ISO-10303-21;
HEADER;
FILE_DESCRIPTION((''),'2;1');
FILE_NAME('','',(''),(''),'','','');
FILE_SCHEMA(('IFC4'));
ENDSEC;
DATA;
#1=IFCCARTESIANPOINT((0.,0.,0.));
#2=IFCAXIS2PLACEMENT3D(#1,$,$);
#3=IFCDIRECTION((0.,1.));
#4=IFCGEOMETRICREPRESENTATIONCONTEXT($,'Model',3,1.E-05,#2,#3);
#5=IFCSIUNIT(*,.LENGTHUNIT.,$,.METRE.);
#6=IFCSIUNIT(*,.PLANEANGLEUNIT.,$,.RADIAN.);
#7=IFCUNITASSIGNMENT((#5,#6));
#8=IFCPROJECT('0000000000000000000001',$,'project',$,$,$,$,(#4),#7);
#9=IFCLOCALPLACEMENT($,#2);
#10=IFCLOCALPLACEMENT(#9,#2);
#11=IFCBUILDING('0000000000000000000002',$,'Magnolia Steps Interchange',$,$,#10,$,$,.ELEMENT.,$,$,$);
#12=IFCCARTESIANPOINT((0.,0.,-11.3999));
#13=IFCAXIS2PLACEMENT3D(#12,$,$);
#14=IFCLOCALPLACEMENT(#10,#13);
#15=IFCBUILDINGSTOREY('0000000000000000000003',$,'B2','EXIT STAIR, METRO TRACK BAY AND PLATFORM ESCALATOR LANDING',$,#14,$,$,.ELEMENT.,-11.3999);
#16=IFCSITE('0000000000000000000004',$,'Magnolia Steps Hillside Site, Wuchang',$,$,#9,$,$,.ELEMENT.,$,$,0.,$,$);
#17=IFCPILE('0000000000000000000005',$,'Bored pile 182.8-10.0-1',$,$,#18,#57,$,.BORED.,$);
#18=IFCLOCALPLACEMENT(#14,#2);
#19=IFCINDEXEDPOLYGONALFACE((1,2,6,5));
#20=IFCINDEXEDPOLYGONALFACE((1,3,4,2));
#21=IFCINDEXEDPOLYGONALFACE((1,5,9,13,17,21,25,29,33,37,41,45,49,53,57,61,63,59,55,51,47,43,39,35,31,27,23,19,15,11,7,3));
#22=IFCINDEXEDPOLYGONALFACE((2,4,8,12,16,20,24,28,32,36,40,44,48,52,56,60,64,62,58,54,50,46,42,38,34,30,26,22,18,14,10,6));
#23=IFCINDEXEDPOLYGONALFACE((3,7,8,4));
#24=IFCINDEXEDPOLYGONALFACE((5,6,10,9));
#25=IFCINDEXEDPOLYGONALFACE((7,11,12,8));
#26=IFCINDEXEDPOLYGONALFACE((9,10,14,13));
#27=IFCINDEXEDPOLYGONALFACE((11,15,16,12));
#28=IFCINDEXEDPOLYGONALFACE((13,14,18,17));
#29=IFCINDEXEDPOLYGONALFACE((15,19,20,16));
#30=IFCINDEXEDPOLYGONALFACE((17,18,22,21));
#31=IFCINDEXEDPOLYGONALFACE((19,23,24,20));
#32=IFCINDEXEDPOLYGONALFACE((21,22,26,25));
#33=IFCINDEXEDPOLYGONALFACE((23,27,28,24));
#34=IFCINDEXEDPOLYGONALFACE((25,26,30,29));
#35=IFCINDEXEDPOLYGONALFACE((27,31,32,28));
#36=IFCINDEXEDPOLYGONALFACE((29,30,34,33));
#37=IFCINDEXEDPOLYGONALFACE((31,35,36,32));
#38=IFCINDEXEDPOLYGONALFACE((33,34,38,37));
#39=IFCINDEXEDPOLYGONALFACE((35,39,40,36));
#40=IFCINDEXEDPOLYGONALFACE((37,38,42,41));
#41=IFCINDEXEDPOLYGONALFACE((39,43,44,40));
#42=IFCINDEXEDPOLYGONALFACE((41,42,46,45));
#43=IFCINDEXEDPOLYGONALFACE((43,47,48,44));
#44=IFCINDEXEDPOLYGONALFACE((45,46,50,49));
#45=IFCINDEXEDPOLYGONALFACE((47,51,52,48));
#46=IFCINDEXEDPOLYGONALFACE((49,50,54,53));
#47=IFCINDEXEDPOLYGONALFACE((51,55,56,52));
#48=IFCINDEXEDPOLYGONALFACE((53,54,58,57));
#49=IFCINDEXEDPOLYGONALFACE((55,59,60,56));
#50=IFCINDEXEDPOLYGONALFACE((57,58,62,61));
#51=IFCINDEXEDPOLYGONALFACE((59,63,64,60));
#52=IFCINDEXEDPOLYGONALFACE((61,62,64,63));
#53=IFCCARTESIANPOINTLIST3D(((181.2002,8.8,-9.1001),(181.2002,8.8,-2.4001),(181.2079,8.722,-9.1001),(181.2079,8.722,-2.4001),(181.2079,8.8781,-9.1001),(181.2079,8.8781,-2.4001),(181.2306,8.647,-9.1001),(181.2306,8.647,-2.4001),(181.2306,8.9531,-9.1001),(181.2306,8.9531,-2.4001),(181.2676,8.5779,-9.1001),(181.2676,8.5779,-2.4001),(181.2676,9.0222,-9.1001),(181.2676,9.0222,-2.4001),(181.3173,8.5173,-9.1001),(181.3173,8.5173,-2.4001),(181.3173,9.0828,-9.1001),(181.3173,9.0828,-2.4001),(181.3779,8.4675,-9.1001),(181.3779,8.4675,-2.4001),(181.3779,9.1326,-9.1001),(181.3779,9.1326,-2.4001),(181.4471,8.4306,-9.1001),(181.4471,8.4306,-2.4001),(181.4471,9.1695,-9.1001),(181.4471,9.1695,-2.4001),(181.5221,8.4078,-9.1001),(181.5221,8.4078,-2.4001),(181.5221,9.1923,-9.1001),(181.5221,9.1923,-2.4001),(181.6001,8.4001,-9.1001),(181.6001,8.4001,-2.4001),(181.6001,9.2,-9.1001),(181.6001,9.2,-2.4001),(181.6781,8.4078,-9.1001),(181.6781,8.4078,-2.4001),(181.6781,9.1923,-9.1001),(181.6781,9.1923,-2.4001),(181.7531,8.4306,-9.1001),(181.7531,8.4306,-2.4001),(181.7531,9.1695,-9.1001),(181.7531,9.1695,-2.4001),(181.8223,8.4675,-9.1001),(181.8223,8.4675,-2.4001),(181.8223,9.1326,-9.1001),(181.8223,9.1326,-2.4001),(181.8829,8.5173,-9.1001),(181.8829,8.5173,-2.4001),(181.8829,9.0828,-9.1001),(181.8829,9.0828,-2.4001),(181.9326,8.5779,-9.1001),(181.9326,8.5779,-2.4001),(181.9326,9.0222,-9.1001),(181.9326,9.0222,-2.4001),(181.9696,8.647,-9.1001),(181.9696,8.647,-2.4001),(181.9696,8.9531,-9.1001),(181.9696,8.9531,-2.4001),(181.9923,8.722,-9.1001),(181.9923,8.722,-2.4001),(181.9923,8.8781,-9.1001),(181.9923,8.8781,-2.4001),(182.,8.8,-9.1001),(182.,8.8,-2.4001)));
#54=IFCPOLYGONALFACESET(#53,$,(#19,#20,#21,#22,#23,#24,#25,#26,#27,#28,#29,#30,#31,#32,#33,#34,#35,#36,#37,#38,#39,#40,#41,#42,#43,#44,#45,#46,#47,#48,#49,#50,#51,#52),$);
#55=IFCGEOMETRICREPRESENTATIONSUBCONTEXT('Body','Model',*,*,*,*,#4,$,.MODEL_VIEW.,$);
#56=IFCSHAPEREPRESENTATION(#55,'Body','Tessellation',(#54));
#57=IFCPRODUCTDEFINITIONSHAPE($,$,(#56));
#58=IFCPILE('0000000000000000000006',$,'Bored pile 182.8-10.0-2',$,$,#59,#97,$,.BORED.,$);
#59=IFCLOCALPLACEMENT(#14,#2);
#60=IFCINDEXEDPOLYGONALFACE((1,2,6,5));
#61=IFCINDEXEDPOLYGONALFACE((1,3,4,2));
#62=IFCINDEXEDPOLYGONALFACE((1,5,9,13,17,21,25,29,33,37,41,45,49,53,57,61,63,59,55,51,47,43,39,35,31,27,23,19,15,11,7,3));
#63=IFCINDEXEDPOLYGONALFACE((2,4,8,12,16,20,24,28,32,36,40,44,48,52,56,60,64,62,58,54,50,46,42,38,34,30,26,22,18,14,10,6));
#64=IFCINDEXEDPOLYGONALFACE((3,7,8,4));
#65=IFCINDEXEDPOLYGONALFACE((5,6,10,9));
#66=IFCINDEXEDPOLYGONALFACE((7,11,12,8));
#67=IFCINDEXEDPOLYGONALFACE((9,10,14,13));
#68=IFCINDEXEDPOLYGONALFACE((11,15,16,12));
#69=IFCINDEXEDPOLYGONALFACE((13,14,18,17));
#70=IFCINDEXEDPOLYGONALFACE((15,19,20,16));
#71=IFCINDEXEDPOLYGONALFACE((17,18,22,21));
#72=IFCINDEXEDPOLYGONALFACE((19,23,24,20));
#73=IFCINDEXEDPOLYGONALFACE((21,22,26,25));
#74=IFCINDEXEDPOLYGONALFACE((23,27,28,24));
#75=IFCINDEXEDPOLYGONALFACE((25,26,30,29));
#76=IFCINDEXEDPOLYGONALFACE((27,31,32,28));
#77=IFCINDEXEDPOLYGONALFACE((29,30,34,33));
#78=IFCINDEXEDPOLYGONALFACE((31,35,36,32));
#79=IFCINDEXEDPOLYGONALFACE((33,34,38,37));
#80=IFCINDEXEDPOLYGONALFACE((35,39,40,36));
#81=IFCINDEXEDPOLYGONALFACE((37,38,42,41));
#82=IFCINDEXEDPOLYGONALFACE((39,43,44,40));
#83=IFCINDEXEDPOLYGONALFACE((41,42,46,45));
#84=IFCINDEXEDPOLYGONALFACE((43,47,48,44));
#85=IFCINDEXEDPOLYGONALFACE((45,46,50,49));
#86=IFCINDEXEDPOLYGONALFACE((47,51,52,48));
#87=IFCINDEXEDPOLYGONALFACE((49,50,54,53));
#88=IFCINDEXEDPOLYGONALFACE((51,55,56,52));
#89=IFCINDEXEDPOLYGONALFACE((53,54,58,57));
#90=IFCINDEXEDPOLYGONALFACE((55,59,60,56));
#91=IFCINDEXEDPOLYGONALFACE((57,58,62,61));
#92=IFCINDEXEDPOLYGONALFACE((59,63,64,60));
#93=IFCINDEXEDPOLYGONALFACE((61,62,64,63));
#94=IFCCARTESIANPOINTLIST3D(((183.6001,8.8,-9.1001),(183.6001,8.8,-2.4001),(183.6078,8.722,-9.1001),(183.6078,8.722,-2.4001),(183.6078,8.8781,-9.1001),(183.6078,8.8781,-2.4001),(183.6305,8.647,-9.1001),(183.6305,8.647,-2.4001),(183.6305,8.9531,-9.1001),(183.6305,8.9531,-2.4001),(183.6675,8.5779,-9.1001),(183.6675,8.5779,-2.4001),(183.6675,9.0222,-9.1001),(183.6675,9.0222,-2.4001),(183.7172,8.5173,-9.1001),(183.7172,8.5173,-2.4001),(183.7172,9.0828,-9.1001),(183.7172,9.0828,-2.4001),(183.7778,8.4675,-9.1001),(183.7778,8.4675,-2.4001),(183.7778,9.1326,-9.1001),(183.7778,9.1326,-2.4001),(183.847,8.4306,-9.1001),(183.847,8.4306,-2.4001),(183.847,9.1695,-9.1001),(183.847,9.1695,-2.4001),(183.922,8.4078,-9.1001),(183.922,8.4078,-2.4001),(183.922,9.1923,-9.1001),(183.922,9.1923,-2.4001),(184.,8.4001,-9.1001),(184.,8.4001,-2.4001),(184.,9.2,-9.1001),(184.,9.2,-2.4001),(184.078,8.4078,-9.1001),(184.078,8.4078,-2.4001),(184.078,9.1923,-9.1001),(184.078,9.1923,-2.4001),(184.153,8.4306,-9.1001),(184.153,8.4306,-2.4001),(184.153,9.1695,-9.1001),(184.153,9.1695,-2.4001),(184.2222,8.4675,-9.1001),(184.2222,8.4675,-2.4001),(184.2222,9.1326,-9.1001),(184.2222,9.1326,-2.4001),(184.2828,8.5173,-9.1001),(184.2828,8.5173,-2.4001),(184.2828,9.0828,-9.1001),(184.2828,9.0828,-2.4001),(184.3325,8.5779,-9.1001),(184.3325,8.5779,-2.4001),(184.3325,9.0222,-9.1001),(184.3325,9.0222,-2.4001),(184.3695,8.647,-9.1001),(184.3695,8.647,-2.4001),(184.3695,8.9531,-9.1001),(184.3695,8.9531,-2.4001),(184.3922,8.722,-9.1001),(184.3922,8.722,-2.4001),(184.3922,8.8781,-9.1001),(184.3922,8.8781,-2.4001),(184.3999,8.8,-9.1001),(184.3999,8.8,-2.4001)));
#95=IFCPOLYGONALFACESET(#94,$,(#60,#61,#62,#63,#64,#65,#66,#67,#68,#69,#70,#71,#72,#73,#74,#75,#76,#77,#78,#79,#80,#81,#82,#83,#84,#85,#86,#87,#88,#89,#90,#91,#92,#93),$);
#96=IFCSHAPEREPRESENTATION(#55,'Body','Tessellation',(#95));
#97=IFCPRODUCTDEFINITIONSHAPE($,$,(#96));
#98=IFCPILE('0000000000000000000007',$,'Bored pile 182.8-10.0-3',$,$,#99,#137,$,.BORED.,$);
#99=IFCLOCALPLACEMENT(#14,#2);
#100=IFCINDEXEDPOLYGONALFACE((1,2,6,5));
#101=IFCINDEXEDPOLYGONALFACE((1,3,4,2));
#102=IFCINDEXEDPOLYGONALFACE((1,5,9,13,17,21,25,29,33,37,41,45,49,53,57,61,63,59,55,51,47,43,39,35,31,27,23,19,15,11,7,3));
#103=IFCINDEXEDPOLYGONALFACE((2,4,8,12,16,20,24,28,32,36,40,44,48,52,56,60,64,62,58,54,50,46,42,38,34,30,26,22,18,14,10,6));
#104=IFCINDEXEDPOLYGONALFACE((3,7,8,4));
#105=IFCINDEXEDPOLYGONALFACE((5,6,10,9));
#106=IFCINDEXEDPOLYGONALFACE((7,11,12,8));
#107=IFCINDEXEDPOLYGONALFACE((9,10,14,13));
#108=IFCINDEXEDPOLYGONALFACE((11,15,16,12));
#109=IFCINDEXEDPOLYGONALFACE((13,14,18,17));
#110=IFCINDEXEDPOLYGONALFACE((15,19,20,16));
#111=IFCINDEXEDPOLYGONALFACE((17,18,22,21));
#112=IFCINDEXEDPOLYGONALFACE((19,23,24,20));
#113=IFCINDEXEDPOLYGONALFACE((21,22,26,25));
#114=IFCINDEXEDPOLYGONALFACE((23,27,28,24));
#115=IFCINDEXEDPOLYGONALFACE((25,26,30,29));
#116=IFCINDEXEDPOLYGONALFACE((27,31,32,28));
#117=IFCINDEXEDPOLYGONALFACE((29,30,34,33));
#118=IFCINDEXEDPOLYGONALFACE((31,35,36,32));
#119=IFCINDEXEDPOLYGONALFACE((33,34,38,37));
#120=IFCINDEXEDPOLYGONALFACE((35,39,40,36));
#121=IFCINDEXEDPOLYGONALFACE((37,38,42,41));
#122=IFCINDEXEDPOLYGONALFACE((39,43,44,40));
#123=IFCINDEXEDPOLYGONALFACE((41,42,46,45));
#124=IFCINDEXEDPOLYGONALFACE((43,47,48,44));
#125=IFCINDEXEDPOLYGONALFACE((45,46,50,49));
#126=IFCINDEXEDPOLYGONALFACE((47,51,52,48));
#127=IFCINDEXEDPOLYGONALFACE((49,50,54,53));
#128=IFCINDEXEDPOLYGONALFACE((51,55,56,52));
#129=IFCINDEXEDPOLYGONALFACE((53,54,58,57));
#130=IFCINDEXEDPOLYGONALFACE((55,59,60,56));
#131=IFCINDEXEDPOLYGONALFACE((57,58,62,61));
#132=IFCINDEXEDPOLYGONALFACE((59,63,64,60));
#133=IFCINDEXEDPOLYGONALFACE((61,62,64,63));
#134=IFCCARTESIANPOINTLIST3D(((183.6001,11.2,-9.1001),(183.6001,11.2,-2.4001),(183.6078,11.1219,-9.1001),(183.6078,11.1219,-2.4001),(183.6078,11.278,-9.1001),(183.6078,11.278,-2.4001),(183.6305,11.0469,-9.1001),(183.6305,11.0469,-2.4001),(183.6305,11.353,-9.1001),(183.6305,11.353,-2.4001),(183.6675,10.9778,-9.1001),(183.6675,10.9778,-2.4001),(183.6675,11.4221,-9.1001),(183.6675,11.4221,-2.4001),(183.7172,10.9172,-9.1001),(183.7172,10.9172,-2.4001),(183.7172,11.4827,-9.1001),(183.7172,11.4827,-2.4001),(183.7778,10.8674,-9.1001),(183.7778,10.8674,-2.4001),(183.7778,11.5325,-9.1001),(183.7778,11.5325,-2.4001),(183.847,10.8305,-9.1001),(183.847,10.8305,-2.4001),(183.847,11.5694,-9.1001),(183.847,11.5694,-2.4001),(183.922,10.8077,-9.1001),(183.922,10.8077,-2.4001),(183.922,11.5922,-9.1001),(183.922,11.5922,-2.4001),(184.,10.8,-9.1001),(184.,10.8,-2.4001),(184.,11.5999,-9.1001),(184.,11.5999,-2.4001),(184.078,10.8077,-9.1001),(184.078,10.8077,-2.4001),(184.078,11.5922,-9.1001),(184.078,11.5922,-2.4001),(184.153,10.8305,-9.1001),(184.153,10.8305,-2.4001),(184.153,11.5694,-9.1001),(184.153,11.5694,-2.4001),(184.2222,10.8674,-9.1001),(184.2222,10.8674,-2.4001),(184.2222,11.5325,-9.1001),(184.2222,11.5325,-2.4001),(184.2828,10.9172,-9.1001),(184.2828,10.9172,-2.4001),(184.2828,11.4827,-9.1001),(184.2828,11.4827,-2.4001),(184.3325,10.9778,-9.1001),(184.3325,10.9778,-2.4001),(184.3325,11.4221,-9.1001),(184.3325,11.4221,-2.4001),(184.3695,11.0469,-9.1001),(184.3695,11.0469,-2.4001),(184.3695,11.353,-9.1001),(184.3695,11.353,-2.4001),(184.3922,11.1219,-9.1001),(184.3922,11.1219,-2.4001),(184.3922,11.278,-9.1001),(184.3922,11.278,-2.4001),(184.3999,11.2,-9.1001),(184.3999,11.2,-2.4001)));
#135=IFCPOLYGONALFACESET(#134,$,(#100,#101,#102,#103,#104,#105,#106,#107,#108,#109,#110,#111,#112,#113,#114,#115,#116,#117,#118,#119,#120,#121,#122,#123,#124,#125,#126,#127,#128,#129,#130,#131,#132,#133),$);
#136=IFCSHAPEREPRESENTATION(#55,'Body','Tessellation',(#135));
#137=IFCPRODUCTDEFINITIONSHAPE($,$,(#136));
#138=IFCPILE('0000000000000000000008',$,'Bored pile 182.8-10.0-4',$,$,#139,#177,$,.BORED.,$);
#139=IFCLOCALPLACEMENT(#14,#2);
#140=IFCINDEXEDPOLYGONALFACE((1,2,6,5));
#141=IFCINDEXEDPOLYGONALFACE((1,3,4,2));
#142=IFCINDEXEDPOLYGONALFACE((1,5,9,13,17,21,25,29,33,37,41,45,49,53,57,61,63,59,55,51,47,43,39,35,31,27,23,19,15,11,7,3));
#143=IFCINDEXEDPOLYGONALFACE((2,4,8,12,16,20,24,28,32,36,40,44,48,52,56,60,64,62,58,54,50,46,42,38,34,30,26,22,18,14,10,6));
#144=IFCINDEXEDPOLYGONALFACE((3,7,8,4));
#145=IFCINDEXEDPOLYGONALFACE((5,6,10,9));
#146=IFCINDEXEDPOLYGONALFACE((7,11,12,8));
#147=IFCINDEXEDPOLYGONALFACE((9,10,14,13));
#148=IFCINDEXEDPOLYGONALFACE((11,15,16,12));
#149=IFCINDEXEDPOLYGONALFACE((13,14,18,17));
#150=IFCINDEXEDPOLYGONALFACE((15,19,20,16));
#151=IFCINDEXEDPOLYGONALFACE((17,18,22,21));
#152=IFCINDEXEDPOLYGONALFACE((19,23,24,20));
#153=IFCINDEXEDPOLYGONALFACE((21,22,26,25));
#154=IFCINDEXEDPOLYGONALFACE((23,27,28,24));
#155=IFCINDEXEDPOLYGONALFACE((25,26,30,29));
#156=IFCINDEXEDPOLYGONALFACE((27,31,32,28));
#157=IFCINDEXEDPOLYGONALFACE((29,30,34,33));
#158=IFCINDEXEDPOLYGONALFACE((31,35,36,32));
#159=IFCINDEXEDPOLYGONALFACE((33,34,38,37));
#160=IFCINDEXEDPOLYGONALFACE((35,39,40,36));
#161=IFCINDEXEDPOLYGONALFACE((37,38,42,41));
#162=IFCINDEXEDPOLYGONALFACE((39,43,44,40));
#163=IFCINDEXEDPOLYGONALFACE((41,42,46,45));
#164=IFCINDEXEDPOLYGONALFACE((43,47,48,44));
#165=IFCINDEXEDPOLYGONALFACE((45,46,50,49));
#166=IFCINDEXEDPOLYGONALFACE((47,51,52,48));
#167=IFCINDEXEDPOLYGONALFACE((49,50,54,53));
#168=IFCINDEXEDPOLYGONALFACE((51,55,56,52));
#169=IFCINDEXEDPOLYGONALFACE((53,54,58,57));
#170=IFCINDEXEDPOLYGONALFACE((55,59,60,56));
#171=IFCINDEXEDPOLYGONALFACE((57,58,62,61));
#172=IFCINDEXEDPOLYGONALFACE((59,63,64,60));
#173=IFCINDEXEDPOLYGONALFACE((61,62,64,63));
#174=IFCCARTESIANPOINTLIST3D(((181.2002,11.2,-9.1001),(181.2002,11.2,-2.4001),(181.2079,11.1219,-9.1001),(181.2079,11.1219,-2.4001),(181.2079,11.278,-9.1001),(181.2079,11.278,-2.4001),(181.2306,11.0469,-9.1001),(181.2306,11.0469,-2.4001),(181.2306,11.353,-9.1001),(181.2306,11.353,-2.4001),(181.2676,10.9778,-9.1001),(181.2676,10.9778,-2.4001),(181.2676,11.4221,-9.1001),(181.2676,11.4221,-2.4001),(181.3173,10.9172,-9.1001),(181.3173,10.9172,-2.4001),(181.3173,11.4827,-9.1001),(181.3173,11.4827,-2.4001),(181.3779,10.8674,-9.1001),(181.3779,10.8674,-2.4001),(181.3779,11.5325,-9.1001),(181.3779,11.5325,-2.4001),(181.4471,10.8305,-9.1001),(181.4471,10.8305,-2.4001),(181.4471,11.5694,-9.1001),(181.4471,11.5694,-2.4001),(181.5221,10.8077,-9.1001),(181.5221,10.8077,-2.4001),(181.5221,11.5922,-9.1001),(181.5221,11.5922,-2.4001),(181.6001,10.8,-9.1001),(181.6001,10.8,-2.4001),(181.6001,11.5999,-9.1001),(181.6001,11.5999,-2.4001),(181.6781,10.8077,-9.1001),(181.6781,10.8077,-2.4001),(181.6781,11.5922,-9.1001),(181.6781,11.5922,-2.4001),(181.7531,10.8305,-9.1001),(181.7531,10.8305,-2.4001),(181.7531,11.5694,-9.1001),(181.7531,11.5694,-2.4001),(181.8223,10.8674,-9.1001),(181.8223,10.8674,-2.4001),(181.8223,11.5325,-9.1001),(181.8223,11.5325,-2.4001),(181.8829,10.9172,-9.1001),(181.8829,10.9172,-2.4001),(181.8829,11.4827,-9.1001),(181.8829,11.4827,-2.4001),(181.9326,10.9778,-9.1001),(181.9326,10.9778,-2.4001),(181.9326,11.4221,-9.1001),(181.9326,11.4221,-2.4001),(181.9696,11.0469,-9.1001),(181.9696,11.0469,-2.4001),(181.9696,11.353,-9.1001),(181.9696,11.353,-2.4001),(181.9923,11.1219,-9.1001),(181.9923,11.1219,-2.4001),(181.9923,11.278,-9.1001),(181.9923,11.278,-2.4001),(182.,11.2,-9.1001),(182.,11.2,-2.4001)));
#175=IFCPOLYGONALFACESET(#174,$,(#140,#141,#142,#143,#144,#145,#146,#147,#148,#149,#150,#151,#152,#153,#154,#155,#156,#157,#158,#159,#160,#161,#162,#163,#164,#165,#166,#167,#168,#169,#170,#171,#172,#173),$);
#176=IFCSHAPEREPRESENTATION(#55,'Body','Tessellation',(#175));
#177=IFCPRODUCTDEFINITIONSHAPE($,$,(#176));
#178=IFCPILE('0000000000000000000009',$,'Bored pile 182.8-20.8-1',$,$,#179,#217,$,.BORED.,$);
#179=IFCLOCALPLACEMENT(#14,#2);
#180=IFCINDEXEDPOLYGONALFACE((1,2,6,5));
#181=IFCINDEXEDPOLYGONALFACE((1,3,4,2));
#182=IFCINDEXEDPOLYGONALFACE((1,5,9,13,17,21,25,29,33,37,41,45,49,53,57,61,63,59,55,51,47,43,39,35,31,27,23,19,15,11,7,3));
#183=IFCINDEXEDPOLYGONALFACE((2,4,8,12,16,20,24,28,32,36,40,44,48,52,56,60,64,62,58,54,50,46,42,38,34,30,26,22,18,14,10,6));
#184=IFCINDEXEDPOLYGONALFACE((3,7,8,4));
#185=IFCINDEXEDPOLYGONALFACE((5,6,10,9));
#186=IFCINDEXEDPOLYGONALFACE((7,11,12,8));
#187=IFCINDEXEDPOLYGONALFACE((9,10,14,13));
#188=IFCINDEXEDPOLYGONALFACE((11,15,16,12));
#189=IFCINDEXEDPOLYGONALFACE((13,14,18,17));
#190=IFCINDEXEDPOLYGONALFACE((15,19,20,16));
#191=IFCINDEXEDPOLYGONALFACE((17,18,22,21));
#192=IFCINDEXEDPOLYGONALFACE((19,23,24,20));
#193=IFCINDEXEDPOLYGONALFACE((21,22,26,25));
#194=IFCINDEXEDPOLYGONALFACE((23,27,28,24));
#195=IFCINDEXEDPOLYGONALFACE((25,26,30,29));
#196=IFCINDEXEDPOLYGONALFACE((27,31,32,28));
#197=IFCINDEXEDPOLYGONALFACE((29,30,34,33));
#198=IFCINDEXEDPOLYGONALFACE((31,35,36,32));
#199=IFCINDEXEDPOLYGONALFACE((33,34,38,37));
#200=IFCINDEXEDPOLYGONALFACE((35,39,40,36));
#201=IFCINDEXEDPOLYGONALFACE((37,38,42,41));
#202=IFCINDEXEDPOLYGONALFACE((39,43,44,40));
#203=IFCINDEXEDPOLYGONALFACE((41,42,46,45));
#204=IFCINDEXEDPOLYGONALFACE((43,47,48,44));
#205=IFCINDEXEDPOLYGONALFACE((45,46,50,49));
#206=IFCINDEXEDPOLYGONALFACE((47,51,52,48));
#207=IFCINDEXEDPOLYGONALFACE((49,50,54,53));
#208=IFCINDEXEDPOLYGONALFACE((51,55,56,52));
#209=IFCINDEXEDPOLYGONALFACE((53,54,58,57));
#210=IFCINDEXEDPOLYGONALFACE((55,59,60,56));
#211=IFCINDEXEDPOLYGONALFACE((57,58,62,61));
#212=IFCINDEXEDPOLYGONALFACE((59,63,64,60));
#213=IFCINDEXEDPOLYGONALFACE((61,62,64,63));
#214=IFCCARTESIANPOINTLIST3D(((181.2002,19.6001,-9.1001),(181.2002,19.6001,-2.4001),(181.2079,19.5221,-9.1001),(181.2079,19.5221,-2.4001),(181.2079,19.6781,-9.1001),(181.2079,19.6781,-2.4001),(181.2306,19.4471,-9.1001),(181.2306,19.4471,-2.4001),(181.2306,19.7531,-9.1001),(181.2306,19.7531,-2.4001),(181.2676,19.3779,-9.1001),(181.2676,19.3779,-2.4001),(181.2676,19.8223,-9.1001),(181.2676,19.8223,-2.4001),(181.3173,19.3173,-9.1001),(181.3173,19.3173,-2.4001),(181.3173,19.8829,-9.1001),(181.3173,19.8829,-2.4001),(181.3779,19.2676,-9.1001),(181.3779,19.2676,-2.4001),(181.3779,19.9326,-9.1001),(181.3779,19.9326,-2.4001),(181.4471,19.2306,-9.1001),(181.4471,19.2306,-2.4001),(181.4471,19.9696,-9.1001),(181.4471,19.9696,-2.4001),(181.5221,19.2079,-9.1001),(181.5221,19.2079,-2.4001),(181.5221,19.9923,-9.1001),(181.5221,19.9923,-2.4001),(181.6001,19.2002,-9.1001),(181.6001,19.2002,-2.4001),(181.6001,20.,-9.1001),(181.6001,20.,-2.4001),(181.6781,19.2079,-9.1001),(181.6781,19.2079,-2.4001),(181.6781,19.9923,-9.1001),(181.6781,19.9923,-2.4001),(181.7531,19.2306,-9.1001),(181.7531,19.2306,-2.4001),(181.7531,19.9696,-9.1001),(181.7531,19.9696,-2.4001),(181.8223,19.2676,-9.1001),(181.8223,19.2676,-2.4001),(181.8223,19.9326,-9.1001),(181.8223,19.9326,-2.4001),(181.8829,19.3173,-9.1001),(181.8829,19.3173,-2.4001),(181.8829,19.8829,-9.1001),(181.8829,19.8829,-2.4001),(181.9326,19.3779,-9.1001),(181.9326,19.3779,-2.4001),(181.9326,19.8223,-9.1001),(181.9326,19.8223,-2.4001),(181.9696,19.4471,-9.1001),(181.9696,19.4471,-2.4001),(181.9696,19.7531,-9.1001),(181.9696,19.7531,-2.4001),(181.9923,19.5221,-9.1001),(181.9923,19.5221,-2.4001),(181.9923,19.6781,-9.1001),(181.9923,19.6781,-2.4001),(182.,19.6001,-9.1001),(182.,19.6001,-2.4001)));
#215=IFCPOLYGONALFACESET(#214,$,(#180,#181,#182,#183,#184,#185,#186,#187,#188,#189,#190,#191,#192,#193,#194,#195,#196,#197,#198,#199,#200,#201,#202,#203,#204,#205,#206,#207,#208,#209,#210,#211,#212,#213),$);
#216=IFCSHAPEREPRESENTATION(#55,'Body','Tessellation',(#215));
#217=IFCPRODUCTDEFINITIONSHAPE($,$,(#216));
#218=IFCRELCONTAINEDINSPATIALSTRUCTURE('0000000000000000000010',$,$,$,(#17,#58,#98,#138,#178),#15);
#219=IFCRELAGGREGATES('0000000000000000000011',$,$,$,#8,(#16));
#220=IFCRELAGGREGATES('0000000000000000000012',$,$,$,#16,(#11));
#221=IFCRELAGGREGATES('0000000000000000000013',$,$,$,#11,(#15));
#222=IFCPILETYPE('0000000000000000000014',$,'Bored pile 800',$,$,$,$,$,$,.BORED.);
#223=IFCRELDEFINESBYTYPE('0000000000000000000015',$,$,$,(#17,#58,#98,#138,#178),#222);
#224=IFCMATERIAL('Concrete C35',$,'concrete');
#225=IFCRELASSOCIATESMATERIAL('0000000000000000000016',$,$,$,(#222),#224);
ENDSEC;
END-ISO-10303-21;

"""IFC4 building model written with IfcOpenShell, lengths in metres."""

from ifc_helpers import new_model, si_unit, direction, frame, origin, origin_2d, place, context, subcontext, project, spatial, circle, extrude, material, material_profile, profile_set, type_object, element, save


model = new_model("IFC4")

# Units and contexts
model_context = context("Model", 3, precision=1e-05, world=origin(), true_north=direction((0.0, 1.0)))
body_context = subcontext(model_context, "Body", "Model", "MODEL_VIEW")
ifc_project = project(units=[si_unit("LENGTHUNIT", "METRE"), si_unit("PLANEANGLEUNIT", "RADIAN")], contexts=[model_context])

# Site, building, storey
site_placement = place(None, origin())
site = spatial("IfcSite", under=ifc_project, at=site_placement, Name="Magnolia Steps Hillside Site, Wuchang", CompositionType="ELEMENT", RefElevation=0.0)
building_placement = place(site_placement, origin())
building = spatial("IfcBuilding", under=site, at=building_placement, Name="Magnolia Steps Interchange", CompositionType="ELEMENT")
storey_placement = place(building_placement, frame((0.0, 0.0, -11.3999)))
storey = spatial("IfcBuildingStorey", under=building, at=storey_placement, Name="B2", Description="EXIT STAIR, METRO TRACK BAY AND PLATFORM ESCALATOR LANDING", CompositionType="ELEMENT", Elevation=-11.3999)

# Piles
ifc_material_1 = material(Name="Concrete C35", Category="concrete")
ifc_material_profile_1 = material_profile(ifc_material_1, circle(Radius=0.3999, at=origin_2d()), Name="Bored pile 800")
ifc_profile_set_1 = profile_set([ifc_material_profile_1], Name="Concrete C35")
pile_type = type_object("IfcPileType", Name="Bored pile 800", PredefinedType="BORED", material=ifc_profile_set_1)
for number, where, z_axis, x_axis, name in (
    (1, (181.6001, 8.8, -2.4001), (0.0, 0.0, -1.0), (1.0, 0.0, 0.0), "Bored pile 182.8-10.0-1"),
    (2, (184.0, 8.8, -2.4001), (0.0, 0.0, -1.0), (1.0, 0.0, 0.0), "Bored pile 182.8-10.0-2"),
    (3, (184.0, 11.2, -2.4001), (0.0, 0.0, -1.0), (1.0, 0.0, 0.0), "Bored pile 182.8-10.0-3"),
    (4, (181.6001, 11.2, -2.4001), (0.0, 0.0, -1.0), (1.0, 0.0, 0.0), "Bored pile 182.8-10.0-4"),
    (5, (181.6001, 19.6001, -2.4001), (0.0, 0.0, -1.0), (1.0, 0.0, 0.0), "Bored pile 182.8-20.8-1"),
):
    element("IfcPile", number, at=place(storey_placement, frame(where, z_axis=z_axis, x_axis=x_axis)), inside=storey, type_object=pile_type, Name=name, PredefinedType="BORED", context=body_context, shape_type="SweptSolid", body=[
        extrude(circle(Radius=0.3999, at=origin_2d()), origin(), (0.0, 0.0, 1.0), 6.7),
    ])

save(model, "model.ifc")
